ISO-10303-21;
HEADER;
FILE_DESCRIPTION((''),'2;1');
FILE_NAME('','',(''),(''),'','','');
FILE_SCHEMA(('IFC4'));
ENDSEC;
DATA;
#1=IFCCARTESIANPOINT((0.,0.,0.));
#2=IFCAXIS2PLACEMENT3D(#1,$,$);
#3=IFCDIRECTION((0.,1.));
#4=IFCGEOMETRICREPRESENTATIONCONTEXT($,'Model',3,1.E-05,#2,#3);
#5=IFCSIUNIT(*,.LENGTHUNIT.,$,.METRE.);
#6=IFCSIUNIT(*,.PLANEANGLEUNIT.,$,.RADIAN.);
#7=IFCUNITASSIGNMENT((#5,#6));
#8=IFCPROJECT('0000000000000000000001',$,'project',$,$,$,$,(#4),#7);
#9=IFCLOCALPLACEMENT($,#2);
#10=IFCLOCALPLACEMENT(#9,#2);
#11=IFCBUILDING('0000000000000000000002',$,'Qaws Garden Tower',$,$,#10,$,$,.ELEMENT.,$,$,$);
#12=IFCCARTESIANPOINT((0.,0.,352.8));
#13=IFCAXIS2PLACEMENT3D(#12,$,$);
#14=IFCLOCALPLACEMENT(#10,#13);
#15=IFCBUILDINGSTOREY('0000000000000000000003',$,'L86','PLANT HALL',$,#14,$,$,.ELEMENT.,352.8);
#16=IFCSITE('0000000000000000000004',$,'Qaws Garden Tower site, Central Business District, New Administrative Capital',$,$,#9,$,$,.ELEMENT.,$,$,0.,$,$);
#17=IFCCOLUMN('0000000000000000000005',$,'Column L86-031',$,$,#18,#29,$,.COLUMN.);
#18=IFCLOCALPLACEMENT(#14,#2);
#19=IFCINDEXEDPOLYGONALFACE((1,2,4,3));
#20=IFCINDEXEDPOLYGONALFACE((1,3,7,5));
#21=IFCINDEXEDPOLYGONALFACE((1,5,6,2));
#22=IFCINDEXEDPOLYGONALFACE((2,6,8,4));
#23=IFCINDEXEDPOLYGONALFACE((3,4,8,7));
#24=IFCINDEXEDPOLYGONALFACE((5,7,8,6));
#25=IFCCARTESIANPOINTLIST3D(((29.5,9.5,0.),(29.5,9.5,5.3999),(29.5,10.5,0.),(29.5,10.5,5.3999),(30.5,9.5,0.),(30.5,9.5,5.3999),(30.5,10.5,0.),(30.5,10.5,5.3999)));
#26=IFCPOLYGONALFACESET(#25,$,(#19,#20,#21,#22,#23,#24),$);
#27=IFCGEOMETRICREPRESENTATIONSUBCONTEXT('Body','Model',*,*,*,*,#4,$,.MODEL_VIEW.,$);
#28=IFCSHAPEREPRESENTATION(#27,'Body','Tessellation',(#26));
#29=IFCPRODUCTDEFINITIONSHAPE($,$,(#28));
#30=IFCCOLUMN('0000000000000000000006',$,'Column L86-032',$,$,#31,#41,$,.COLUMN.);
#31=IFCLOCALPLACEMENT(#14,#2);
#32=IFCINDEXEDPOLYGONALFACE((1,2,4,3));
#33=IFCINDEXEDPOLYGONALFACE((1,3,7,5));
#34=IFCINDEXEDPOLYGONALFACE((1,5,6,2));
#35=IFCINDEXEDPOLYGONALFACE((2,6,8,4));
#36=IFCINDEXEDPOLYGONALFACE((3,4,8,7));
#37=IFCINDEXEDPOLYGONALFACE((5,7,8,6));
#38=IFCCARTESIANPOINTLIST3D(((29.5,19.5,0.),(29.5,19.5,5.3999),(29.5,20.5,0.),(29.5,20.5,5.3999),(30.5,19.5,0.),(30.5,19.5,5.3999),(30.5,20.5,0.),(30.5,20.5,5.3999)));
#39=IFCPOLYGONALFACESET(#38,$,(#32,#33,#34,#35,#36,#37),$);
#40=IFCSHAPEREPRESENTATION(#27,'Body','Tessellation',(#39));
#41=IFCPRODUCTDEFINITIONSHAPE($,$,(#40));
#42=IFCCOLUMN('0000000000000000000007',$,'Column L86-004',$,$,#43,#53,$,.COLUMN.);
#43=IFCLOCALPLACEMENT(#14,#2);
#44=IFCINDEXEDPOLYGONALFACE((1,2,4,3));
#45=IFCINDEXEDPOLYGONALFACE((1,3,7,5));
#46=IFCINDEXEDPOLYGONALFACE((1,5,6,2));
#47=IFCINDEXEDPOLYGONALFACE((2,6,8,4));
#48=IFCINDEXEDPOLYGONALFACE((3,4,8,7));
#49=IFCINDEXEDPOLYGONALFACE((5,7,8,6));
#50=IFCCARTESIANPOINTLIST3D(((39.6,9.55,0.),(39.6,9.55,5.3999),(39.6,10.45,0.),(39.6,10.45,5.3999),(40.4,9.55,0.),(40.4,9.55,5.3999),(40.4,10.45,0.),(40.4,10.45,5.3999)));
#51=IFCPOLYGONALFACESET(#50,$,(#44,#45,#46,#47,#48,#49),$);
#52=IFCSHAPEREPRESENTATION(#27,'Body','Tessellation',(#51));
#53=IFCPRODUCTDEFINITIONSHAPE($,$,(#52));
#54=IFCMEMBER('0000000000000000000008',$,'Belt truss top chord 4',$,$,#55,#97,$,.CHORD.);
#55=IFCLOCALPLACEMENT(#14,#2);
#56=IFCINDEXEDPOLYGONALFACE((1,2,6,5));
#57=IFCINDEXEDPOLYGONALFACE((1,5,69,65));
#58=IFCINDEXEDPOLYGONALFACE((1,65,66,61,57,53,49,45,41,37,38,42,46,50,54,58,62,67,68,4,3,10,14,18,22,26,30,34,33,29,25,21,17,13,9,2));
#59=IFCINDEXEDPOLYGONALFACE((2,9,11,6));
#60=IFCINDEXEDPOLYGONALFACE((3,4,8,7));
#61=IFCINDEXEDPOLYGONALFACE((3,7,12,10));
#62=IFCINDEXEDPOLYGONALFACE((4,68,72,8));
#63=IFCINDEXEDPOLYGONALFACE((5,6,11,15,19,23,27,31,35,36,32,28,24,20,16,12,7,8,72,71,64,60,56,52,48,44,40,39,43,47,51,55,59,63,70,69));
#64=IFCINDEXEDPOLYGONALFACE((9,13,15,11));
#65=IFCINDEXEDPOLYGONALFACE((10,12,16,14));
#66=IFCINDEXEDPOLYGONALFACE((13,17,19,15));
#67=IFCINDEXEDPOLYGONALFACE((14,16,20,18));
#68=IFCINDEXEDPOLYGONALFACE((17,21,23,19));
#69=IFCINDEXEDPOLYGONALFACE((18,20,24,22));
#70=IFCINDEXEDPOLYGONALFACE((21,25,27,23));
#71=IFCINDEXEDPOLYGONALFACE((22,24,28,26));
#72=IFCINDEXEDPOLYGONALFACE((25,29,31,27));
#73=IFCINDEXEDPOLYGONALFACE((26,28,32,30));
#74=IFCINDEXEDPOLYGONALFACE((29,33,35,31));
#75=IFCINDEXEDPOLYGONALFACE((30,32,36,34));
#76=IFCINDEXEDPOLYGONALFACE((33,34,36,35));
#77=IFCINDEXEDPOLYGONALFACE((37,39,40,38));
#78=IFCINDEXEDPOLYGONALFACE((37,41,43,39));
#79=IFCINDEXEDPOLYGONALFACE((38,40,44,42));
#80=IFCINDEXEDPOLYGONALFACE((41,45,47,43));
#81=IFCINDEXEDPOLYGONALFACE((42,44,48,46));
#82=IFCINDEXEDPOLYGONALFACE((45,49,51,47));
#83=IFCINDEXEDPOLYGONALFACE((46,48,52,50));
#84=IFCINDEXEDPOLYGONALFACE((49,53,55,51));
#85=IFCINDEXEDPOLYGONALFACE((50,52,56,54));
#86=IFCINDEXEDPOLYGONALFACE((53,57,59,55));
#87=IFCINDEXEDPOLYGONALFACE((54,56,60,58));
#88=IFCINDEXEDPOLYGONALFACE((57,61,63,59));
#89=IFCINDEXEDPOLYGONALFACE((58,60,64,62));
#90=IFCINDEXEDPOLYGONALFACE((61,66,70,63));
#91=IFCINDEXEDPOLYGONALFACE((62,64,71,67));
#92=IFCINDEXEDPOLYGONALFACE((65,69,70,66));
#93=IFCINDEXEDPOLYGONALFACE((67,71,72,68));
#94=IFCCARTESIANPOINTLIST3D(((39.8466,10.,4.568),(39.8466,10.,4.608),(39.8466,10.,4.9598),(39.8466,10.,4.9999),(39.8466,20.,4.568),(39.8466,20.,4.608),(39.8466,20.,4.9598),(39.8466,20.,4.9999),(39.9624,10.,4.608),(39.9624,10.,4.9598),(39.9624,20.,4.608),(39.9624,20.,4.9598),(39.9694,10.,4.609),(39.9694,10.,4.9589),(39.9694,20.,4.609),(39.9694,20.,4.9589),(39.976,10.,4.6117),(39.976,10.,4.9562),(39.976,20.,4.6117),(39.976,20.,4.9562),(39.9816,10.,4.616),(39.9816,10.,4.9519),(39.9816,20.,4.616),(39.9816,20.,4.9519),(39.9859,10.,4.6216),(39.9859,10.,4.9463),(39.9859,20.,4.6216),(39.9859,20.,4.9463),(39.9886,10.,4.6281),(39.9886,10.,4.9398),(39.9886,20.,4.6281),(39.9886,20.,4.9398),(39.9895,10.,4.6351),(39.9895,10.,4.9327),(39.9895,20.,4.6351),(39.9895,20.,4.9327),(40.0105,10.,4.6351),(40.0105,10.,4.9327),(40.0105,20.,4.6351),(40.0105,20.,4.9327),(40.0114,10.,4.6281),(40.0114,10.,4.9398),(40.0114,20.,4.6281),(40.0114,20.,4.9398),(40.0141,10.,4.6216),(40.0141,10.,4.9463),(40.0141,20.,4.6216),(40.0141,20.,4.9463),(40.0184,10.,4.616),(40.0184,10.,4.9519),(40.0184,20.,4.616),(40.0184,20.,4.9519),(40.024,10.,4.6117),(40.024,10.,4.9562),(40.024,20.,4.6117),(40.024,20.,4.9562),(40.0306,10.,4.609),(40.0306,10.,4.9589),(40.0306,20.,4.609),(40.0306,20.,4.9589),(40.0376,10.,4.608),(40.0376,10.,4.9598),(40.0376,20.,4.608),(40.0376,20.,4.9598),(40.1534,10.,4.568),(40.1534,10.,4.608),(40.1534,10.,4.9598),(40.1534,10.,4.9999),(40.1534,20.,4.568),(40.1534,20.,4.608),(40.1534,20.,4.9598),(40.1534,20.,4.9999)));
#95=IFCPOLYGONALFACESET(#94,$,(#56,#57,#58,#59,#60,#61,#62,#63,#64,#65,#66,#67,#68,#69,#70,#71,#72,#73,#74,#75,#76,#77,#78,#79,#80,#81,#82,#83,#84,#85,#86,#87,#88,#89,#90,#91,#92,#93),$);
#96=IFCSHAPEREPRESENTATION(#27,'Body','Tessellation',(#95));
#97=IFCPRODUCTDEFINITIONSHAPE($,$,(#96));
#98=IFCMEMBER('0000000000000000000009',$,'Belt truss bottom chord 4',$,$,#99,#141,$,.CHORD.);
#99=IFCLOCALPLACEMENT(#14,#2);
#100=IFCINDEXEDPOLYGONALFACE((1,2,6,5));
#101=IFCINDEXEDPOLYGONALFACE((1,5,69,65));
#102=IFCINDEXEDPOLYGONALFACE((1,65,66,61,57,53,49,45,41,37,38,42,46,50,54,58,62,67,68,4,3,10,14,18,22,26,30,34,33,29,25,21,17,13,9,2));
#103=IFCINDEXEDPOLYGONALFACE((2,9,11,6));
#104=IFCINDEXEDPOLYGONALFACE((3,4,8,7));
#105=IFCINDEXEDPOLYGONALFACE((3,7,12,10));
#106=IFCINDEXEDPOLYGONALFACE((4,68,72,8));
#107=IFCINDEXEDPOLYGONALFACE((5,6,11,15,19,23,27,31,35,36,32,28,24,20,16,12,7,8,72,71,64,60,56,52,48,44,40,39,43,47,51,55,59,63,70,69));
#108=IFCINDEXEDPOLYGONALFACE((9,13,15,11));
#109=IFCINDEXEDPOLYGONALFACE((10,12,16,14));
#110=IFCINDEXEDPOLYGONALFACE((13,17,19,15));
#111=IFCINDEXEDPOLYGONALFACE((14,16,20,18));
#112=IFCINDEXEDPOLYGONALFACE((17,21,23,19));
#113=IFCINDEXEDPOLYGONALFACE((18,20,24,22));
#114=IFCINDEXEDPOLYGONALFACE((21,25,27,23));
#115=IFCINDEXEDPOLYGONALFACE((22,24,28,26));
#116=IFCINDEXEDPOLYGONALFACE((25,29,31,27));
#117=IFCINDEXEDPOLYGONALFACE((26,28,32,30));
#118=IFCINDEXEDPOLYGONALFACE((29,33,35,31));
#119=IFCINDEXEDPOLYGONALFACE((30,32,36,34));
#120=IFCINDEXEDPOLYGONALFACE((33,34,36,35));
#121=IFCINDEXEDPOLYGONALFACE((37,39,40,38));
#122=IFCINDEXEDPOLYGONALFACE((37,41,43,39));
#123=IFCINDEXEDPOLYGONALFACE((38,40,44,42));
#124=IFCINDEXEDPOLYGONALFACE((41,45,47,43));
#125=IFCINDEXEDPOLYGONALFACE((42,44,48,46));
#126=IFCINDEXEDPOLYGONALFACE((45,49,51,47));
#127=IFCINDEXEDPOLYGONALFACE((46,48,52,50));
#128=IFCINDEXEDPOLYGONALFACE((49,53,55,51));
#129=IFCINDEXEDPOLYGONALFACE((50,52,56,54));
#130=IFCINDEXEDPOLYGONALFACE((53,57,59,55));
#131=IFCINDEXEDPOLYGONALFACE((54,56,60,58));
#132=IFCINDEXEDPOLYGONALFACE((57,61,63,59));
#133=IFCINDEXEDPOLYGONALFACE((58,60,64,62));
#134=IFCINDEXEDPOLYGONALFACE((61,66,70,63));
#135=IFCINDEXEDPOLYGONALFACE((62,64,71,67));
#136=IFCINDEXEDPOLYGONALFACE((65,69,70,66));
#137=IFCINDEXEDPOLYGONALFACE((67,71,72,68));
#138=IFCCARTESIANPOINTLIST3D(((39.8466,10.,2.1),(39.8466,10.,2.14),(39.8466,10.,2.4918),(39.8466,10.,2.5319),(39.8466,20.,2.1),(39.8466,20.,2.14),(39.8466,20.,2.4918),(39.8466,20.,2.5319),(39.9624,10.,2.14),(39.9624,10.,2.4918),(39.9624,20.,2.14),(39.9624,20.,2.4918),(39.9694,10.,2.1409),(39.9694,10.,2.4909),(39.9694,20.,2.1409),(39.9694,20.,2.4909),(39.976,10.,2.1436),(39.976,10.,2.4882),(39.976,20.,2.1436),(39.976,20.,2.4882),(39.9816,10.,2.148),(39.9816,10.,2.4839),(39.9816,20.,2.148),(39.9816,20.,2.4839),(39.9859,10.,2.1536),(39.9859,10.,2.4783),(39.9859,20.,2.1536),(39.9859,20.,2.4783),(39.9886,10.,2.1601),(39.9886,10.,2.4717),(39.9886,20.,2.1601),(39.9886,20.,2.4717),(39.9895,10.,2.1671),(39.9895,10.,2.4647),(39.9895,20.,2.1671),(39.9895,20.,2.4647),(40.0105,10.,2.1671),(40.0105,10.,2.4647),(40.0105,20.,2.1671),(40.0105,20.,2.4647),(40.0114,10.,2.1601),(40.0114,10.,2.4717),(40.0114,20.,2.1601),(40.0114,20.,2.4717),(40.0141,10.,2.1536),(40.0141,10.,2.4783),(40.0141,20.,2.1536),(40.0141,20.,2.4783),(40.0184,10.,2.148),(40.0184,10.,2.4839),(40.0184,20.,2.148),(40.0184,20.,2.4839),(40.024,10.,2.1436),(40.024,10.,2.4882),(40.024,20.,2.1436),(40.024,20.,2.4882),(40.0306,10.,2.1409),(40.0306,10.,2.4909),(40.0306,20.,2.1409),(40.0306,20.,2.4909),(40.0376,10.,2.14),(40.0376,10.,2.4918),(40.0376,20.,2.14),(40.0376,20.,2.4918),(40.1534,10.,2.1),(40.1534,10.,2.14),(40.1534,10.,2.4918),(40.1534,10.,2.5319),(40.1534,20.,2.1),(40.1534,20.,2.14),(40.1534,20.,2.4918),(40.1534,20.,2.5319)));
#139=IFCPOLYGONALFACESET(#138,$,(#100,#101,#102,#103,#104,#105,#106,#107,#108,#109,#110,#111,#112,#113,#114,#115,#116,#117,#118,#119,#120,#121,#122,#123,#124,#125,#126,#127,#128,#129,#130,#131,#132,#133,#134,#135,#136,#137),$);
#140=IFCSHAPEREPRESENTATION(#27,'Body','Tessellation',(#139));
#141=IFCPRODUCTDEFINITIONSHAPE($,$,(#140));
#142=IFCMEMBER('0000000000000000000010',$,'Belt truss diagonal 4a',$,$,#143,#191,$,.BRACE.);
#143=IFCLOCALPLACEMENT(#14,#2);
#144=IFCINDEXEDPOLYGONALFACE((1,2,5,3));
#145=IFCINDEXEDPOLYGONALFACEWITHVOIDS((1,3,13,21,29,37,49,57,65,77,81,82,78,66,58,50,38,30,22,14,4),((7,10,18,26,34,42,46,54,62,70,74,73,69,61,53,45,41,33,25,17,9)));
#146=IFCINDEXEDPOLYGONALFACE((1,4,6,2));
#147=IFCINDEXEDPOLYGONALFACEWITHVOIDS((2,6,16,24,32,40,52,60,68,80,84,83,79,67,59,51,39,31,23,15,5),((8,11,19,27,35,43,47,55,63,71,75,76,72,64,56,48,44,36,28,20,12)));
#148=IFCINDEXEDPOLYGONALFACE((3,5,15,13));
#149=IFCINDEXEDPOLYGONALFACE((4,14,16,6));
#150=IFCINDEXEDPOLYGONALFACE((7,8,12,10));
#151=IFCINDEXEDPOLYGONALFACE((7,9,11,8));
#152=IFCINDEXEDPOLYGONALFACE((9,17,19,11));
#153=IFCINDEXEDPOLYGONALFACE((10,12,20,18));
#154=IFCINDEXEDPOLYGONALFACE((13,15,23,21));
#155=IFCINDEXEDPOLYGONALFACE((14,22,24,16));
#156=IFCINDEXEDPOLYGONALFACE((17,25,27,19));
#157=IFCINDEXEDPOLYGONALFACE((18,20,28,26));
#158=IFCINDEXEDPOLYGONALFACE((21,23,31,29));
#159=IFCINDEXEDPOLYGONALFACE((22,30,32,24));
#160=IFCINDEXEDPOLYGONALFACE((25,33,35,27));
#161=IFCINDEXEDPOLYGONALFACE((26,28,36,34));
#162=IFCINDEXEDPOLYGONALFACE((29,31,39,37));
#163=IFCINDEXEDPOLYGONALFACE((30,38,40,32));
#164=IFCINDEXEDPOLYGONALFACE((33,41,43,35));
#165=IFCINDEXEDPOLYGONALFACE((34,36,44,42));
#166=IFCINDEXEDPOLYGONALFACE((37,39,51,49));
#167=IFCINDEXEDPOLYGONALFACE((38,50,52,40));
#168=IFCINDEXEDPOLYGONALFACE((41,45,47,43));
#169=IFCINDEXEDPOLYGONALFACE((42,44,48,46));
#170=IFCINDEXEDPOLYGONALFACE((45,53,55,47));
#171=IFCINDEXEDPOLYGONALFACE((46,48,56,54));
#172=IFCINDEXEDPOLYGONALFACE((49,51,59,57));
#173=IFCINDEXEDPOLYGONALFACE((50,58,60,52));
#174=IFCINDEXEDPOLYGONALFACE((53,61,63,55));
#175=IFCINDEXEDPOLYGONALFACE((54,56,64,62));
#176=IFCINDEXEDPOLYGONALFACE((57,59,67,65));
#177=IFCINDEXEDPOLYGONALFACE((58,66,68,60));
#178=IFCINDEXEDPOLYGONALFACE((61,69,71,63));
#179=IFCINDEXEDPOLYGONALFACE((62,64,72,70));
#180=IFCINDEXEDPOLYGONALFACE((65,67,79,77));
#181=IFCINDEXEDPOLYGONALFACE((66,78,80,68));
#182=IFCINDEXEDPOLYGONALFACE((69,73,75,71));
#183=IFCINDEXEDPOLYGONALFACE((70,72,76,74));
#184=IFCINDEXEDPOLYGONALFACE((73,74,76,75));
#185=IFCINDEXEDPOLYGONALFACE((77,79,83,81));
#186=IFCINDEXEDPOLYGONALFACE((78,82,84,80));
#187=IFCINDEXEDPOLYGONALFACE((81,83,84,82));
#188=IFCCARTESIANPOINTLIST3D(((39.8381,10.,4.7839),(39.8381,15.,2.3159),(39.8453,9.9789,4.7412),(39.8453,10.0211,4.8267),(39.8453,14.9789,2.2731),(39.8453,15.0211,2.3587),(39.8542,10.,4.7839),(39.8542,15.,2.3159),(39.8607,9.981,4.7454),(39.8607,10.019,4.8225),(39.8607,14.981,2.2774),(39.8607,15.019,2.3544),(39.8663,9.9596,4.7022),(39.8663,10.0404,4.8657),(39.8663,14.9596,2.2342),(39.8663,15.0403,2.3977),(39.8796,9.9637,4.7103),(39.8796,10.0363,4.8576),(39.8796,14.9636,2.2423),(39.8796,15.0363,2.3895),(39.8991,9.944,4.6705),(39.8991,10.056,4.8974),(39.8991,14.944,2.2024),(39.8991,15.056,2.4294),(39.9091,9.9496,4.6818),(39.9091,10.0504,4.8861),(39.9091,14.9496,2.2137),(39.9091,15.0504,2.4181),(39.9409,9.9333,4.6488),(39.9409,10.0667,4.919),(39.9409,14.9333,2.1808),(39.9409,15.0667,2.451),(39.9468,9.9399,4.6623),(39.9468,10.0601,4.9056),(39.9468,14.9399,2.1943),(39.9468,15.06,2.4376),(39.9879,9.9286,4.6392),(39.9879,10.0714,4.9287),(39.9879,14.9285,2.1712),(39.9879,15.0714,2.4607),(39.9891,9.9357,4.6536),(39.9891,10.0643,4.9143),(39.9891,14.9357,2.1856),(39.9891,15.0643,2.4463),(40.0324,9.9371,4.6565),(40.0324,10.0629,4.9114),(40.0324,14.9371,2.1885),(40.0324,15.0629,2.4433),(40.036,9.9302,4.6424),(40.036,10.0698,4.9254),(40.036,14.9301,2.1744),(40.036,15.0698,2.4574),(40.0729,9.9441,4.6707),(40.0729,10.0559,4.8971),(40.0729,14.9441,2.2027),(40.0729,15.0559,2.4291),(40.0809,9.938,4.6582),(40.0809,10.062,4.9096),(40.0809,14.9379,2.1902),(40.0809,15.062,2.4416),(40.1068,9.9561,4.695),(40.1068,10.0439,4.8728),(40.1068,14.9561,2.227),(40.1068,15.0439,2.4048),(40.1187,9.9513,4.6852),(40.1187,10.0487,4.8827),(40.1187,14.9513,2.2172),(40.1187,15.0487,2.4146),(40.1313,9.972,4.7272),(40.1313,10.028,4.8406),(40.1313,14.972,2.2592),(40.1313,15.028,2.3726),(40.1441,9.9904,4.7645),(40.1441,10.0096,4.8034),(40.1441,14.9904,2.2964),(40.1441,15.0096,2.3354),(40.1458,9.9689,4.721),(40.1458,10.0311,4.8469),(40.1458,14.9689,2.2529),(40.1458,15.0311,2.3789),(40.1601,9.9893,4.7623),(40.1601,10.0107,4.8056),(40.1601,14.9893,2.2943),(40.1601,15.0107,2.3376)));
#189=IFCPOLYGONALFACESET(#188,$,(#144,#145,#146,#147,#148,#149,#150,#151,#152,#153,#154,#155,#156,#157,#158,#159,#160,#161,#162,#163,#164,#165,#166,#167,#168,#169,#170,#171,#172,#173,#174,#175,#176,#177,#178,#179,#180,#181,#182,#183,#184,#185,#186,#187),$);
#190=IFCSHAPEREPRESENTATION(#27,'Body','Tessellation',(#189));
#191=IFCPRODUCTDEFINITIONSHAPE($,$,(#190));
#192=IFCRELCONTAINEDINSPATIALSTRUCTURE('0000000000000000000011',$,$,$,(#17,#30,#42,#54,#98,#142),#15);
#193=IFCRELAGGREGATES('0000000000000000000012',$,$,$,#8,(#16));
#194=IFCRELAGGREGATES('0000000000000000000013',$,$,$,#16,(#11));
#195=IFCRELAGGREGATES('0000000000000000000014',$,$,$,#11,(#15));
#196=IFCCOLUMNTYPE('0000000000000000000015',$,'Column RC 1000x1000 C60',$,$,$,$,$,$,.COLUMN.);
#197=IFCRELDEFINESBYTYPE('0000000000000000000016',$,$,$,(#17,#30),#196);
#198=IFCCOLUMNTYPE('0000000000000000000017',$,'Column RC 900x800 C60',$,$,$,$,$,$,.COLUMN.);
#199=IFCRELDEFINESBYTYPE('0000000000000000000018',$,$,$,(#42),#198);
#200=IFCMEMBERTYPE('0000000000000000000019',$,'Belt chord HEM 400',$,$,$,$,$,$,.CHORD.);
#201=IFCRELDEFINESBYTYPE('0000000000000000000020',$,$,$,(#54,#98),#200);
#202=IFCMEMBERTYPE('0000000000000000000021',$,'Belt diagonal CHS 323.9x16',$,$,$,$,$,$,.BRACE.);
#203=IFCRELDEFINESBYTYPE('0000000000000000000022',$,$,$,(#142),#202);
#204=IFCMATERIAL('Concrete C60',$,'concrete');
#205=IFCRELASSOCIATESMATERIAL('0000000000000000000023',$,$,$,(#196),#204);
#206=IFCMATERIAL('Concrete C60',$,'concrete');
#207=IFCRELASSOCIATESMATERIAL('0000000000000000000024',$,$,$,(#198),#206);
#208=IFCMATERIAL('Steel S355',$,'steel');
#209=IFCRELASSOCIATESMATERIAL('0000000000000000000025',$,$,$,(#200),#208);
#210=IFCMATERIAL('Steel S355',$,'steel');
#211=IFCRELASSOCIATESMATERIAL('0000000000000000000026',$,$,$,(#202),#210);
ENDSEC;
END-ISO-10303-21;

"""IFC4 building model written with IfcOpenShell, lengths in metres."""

from ifc_helpers import new_model, si_unit, direction, frame, origin, origin_2d, place, context, subcontext, project, spatial, rectangle, hollow_circle, i_section, extrude, material, material_profile, profile_set, type_object, element, save


model = new_model("IFC4")

# Units and contexts
model_context = context("Model", 3, precision=1e-05, world=origin(), true_north=direction((0.0, 1.0)))
body_context = subcontext(model_context, "Body", "Model", "MODEL_VIEW")
ifc_project = project(units=[si_unit("LENGTHUNIT", "METRE"), si_unit("PLANEANGLEUNIT", "RADIAN")], contexts=[model_context])

# Site, building, storey
site_placement = place(None, origin())
site = spatial("IfcSite", under=ifc_project, at=site_placement, Name="Qaws Garden Tower site, Central Business District, New Administrative Capital", CompositionType="ELEMENT", RefElevation=0.0)
building_placement = place(site_placement, origin())
building = spatial("IfcBuilding", under=site, at=building_placement, Name="Qaws Garden Tower", CompositionType="ELEMENT")
storey_placement = place(building_placement, frame((0.0, 0.0, 352.8)))
storey = spatial("IfcBuildingStorey", under=building, at=storey_placement, Name="L86", Description="PLANT HALL", CompositionType="ELEMENT", Elevation=352.8)

# Columns
ifc_material_1 = material(Name="Concrete C60", Category="concrete")
ifc_material_profile_1 = material_profile(ifc_material_1, rectangle(XDim=1.0, YDim=1.0, at=origin_2d()), Name="RC 1000x1000")
ifc_profile_set_1 = profile_set([ifc_material_profile_1], Name="Concrete C60")
column_type_1 = type_object("IfcColumnType", Name="Column RC 1000x1000 C60", PredefinedType="COLUMN", material=ifc_profile_set_1)
for number, where, z_axis, x_axis, name in (
    (1, (30.0, 10.0, 0.0), (0.0, 0.0, 1.0), (1.0, 0.0, 0.0), "Column L86-031"),
    (2, (30.0, 20.0, 0.0), (0.0, 0.0, 1.0), (1.0, 0.0, 0.0), "Column L86-032"),
):
    element("IfcColumn", number, at=place(storey_placement, frame(where, z_axis=z_axis, x_axis=x_axis)), inside=storey, type_object=column_type_1, Name=name, PredefinedType="COLUMN", context=body_context, shape_type="SweptSolid", body=[
        extrude(rectangle(XDim=1.0, YDim=1.0, at=origin_2d()), origin(), (0.0, 0.0, 1.0), 5.3999),
    ])
ifc_material_2 = material(Name="Concrete C60", Category="concrete")
ifc_material_profile_2 = material_profile(ifc_material_2, rectangle(XDim=0.8999, YDim=0.8, at=origin_2d()), Name="RC 900x800")
ifc_profile_set_2 = profile_set([ifc_material_profile_2], Name="Concrete C60")
column_type_2 = type_object("IfcColumnType", Name="Column RC 900x800 C60", PredefinedType="COLUMN", material=ifc_profile_set_2)
column_placement = place(storey_placement, frame((40.0, 10.0, 0.0), z_axis=(0.0, 0.0, 1.0), x_axis=(0.0, 1.0, 0.0)))
element("IfcColumn", 3, at=column_placement, inside=storey, type_object=column_type_2, Name="Column L86-004", PredefinedType="COLUMN", context=body_context, shape_type="SweptSolid", body=[
    extrude(rectangle(XDim=0.8999, YDim=0.8, at=origin_2d()), origin(), (0.0, 0.0, 1.0), 5.3999),
])

# Members
ifc_material_3 = material(Name="Steel S355", Category="steel")
ifc_material_profile_3 = material_profile(ifc_material_3, i_section(OverallWidth=0.3069, OverallDepth=0.4319, WebThickness=0.021, FlangeThickness=0.04, FilletRadius=0.0271, at=origin_2d()), Name="HEM 400")
ifc_profile_set_3 = profile_set([ifc_material_profile_3], Name="Steel S355")
member_type_1 = type_object("IfcMemberType", Name="Belt chord HEM 400", PredefinedType="CHORD", material=ifc_profile_set_3)
for number, where, z_axis, x_axis, name in (
    (4, (40.0, 10.0, 4.7839), (0.0, 1.0, 0.0), (-1.0, 0.0, 0.0), "Belt truss top chord 4"),
    (5, (40.0, 10.0, 2.3159), (0.0, 1.0, 0.0), (-1.0, 0.0, 0.0), "Belt truss bottom chord 4"),
):
    element("IfcMember", number, at=place(storey_placement, frame(where, z_axis=z_axis, x_axis=x_axis)), inside=storey, type_object=member_type_1, Name=name, PredefinedType="CHORD", context=body_context, shape_type="SweptSolid", body=[
        extrude(i_section(OverallWidth=0.3069, OverallDepth=0.4319, WebThickness=0.021, FlangeThickness=0.04, FilletRadius=0.0271, at=origin_2d()), origin(), (0.0, 0.0, 1.0), 10.0),
    ])
ifc_material_4 = material(Name="Steel S355", Category="steel")
ifc_material_profile_4 = material_profile(ifc_material_4, hollow_circle(Radius=0.1619, WallThickness=0.0161, at=origin_2d()), Name="CHS 323.9x16")
ifc_profile_set_4 = profile_set([ifc_material_profile_4], Name="Steel S355")
member_type_2 = type_object("IfcMemberType", Name="Belt diagonal CHS 323.9x16", PredefinedType="BRACE", material=ifc_profile_set_4)
member_1_placement = place(storey_placement, frame((40.0, 10.0, 4.7839), z_axis=(0.0, 0.89671, -0.442619), x_axis=(-1.0, 0.0, 0.0)))
element("IfcMember", 6, at=member_1_placement, inside=storey, type_object=member_type_2, Name="Belt truss diagonal 4a", PredefinedType="BRACE", context=body_context, shape_type="SweptSolid", body=[
    extrude(hollow_circle(Radius=0.1619, WallThickness=0.0161, at=origin_2d()), origin(), (0.0, 0.0, 1.0), 5.5759),
])

save(model, "model.ifc")
